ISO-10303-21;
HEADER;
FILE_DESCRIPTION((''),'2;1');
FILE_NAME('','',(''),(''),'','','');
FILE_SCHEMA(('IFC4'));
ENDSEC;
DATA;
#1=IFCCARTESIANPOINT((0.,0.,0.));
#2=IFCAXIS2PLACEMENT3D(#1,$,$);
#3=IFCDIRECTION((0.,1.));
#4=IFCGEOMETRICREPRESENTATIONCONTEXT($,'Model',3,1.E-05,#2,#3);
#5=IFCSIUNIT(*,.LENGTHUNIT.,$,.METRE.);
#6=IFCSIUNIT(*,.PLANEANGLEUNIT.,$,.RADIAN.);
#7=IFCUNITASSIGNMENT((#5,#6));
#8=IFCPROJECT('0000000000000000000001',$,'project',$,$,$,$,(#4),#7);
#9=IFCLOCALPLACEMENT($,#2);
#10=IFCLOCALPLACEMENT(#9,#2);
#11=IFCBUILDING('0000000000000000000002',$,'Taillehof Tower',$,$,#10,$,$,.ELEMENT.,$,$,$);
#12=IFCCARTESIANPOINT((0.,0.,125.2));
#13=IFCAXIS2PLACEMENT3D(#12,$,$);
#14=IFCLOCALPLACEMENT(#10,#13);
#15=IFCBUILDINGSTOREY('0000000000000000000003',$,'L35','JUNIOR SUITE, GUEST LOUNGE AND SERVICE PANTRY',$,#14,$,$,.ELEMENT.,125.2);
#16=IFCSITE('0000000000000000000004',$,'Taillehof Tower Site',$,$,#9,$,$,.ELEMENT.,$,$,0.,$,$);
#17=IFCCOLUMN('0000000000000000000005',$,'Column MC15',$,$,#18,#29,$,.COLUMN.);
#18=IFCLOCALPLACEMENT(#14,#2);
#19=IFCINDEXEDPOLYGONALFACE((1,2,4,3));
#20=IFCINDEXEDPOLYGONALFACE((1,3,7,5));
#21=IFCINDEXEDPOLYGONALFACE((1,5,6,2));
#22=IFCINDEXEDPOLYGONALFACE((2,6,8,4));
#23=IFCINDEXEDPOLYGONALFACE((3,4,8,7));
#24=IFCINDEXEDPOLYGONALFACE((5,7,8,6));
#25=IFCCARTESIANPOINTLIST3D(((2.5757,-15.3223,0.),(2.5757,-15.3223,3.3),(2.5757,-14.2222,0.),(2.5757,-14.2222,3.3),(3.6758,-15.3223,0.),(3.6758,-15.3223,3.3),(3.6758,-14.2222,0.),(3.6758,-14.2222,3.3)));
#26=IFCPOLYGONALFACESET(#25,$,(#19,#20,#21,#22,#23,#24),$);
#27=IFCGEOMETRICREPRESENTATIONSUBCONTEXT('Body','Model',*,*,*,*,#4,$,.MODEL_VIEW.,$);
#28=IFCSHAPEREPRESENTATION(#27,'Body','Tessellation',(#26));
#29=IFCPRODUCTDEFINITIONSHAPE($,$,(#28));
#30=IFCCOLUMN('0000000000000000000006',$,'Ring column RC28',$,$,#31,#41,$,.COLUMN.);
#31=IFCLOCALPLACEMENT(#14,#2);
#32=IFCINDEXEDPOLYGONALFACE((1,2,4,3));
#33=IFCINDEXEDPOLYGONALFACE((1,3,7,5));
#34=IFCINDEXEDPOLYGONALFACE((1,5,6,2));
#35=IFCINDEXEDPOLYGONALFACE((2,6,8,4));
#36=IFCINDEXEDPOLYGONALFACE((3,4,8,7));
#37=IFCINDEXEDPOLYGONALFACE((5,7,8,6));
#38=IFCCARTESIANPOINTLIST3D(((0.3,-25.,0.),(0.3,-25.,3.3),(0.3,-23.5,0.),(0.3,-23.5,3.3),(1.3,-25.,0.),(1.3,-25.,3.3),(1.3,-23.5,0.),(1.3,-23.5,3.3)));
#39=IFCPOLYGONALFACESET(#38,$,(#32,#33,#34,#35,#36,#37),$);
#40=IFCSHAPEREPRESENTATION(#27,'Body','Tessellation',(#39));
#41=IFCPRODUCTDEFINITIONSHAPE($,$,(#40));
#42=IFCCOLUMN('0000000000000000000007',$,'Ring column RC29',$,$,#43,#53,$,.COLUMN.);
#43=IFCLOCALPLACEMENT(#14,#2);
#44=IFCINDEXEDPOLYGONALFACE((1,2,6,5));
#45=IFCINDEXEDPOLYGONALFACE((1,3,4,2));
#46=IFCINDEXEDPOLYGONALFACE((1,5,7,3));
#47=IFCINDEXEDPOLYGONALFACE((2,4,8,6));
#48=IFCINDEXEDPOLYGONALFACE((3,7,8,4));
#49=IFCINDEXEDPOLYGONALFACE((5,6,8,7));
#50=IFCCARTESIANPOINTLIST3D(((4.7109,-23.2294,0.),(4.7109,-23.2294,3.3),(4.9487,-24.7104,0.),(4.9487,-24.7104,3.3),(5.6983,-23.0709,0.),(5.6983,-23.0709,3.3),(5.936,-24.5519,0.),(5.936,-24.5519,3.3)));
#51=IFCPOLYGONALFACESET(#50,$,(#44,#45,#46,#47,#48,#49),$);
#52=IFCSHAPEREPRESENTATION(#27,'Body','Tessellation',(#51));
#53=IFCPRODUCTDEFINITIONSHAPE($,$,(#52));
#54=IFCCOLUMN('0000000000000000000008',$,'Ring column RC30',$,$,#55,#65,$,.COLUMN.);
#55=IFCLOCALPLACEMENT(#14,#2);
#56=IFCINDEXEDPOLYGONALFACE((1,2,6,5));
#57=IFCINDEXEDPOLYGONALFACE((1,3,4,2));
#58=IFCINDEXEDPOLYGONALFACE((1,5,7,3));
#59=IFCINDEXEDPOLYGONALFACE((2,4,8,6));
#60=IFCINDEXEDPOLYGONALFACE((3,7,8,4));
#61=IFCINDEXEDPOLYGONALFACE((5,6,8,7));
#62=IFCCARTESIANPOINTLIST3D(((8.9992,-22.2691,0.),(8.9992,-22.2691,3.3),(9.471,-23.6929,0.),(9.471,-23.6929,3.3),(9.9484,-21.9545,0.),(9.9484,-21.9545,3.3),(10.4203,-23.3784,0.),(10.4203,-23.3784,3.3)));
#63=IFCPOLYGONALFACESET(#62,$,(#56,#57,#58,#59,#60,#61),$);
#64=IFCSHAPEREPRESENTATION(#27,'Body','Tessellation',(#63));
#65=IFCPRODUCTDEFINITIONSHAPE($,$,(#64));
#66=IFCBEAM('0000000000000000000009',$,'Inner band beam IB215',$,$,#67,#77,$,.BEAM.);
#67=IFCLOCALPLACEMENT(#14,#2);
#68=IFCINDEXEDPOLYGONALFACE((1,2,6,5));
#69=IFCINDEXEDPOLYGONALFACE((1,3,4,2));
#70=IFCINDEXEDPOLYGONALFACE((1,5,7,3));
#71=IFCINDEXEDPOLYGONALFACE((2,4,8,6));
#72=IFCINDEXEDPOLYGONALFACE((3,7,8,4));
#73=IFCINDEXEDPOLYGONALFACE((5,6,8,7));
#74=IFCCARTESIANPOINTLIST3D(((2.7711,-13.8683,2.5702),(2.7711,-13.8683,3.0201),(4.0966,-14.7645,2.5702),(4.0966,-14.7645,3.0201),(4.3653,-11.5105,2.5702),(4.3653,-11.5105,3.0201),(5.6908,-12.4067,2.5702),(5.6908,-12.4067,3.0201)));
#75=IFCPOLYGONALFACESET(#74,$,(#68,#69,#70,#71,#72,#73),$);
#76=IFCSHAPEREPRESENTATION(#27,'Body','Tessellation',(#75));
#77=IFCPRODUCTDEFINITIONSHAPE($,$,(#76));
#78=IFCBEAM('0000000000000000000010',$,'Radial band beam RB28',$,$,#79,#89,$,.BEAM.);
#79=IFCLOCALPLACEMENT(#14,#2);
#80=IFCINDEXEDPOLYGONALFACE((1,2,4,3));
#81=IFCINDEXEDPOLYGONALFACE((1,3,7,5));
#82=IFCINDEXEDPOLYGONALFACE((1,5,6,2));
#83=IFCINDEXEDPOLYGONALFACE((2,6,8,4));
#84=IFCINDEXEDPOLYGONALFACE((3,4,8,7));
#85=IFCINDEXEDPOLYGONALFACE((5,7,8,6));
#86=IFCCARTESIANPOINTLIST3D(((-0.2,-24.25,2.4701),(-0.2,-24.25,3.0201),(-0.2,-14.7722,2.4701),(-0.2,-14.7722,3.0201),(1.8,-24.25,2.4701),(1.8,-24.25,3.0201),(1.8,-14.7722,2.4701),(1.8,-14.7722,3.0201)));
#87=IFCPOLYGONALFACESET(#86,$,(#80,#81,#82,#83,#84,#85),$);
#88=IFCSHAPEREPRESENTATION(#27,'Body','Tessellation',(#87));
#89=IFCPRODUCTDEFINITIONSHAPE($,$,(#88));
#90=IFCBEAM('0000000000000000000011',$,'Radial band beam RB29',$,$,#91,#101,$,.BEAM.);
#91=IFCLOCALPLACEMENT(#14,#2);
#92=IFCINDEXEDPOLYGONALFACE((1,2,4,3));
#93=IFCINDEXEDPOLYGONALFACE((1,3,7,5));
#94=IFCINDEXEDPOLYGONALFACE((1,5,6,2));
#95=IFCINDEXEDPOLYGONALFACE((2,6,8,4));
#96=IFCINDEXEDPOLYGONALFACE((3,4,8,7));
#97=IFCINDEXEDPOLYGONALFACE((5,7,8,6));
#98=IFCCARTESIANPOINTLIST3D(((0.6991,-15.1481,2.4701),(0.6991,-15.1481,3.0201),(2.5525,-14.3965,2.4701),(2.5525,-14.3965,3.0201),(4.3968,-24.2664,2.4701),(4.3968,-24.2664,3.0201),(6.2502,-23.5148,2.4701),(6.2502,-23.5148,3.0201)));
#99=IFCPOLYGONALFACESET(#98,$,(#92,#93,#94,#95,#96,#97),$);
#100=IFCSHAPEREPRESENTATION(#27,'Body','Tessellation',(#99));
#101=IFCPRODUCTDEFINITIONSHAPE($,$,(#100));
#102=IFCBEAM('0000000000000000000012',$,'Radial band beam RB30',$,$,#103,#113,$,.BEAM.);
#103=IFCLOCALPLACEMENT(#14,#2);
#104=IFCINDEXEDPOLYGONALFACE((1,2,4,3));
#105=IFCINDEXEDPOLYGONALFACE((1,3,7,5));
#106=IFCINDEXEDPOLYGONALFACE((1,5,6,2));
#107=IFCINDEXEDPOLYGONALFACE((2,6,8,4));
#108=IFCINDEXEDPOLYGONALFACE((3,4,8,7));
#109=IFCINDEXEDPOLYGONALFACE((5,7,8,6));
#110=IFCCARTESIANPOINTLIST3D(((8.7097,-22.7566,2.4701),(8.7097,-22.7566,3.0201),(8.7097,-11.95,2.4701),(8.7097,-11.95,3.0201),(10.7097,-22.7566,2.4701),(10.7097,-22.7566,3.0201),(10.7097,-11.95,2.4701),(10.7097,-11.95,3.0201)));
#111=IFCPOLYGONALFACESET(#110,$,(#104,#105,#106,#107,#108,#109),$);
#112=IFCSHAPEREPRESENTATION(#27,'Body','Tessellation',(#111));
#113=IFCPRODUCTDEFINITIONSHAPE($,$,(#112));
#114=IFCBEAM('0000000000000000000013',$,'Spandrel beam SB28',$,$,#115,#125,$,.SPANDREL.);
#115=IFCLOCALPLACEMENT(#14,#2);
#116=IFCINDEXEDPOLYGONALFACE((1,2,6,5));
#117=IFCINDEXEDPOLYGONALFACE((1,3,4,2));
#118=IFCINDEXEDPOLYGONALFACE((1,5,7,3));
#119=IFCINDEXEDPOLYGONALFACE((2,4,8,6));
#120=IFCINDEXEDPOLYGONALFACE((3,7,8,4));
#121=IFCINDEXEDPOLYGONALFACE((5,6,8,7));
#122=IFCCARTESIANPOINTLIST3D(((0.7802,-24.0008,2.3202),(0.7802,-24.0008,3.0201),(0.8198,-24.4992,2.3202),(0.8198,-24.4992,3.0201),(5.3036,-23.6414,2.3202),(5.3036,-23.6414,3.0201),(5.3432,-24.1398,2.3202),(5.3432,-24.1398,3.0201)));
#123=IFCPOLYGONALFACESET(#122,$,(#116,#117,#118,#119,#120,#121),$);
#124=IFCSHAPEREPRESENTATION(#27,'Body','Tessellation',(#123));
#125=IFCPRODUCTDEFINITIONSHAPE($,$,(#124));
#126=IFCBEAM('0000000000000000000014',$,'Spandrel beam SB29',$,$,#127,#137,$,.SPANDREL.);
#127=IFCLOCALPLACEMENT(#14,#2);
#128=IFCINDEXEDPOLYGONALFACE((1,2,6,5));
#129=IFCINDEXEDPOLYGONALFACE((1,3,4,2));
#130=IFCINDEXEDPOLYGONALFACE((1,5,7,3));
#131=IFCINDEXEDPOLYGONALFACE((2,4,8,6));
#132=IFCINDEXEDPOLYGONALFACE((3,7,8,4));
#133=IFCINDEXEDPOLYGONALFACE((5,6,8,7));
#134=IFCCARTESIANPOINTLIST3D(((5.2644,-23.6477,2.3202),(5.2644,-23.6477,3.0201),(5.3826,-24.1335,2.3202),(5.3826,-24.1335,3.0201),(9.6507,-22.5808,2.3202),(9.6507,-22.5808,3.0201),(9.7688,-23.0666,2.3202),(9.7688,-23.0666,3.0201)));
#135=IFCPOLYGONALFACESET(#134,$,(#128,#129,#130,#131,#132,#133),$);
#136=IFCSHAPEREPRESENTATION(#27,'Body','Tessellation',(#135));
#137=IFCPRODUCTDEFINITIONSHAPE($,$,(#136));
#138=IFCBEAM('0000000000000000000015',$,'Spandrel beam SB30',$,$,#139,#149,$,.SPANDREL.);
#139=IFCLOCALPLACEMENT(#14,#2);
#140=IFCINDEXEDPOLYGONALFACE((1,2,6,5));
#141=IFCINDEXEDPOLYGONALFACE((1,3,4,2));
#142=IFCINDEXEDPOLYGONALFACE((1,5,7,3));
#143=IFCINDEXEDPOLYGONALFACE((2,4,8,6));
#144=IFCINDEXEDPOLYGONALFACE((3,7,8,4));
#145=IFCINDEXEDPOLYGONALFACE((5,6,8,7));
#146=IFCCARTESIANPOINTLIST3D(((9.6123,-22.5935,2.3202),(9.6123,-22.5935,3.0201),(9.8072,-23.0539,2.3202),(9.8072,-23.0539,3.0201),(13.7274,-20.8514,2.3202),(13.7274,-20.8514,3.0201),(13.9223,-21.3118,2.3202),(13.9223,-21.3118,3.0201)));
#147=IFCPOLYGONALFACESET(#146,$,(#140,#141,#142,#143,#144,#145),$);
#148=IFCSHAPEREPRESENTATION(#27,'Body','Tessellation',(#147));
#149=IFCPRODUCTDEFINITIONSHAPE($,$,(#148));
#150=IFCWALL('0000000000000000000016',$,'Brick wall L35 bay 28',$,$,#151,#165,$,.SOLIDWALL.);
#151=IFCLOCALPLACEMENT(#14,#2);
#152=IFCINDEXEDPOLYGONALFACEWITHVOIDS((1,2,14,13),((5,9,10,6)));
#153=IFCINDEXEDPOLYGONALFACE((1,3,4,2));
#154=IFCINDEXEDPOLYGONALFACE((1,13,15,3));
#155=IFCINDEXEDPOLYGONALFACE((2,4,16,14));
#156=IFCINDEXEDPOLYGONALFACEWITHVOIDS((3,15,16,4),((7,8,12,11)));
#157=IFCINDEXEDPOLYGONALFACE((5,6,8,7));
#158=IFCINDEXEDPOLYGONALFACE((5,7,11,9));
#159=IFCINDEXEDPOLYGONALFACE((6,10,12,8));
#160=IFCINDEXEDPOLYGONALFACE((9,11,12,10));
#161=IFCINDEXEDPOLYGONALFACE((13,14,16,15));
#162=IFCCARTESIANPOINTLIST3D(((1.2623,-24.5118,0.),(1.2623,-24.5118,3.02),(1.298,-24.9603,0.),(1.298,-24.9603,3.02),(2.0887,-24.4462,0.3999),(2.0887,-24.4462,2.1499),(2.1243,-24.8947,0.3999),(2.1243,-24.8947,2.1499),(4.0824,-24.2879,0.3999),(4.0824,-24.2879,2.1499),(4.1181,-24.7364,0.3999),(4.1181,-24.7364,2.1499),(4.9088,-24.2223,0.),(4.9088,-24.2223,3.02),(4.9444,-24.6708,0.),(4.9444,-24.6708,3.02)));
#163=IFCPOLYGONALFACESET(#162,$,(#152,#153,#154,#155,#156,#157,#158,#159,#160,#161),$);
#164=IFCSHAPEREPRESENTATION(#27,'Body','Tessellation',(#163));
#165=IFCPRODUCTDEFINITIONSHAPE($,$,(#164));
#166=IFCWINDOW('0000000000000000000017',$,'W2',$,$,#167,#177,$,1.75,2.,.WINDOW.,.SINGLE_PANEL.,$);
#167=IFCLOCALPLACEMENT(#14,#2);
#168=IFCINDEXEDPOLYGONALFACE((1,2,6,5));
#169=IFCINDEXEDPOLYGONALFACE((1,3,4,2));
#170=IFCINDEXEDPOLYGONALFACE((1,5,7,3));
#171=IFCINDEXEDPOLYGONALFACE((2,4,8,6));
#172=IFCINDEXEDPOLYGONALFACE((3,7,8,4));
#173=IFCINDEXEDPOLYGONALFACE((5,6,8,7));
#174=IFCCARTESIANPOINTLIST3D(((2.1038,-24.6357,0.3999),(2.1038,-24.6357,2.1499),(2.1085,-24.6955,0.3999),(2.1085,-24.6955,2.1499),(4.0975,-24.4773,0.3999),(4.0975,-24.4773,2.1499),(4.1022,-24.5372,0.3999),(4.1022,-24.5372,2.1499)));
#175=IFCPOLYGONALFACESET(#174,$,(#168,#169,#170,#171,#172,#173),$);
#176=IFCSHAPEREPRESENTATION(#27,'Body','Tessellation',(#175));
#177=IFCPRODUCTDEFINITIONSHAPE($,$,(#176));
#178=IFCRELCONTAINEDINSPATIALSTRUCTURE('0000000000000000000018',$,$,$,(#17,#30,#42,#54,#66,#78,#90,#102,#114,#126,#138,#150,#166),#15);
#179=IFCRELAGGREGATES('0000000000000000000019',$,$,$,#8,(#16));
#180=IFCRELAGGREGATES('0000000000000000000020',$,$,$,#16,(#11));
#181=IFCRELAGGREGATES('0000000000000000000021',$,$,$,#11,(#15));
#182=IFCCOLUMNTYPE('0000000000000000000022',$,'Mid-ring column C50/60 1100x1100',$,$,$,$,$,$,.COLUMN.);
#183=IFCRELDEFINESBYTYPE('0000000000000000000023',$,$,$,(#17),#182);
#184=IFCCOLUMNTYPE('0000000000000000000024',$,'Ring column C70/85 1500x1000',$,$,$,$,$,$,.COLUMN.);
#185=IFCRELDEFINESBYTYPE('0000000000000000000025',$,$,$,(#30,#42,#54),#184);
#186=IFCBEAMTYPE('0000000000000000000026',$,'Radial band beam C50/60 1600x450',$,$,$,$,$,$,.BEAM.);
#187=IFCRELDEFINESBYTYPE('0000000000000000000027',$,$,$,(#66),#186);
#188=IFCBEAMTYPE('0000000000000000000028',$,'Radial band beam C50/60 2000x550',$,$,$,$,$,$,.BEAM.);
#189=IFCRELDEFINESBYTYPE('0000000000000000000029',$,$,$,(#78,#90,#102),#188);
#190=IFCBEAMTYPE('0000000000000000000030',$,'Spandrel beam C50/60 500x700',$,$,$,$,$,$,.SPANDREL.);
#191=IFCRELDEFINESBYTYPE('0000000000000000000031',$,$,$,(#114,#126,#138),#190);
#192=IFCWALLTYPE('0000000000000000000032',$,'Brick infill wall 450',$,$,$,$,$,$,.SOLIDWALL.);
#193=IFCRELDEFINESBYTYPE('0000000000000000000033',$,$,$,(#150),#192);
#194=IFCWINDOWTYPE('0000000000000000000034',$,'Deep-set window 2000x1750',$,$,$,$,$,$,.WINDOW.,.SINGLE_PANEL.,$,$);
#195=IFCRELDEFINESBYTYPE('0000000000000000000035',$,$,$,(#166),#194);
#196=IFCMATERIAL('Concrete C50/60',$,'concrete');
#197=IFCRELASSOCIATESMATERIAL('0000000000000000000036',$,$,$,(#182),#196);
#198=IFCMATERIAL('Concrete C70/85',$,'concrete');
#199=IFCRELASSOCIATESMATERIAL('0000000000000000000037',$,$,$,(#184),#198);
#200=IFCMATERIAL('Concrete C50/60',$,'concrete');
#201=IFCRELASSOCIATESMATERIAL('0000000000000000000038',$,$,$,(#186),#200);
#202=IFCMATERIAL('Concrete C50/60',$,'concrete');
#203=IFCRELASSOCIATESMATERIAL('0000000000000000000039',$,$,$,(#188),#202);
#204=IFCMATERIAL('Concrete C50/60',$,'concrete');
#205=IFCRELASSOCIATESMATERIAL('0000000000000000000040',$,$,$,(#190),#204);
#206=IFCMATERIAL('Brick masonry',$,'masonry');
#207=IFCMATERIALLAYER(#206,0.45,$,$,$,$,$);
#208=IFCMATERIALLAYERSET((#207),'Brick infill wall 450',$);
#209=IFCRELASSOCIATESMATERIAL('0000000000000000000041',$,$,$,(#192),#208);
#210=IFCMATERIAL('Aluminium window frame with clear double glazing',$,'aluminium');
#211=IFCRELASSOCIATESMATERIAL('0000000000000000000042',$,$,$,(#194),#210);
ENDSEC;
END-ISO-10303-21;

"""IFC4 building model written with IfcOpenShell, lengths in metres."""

from ifc_helpers import new_model, si_unit, direction, frame, frame_2d, origin, origin_2d, place, context, subcontext, project, spatial, rectangle, extrude, material, layer, layer_set, material_profile, profile_set, type_object, element, fill, save


model = new_model("IFC4")

# Units and contexts
model_context = context("Model", 3, precision=1e-05, world=origin(), true_north=direction((0.0, 1.0)))
body_context = subcontext(model_context, "Body", "Model", "MODEL_VIEW")
ifc_project = project(units=[si_unit("LENGTHUNIT", "METRE"), si_unit("PLANEANGLEUNIT", "RADIAN")], contexts=[model_context])

# Site, building, storey
site_placement = place(None, origin())
site = spatial("IfcSite", under=ifc_project, at=site_placement, Name="Taillehof Tower Site", CompositionType="ELEMENT", RefElevation=0.0)
building_placement = place(site_placement, origin())
building = spatial("IfcBuilding", under=site, at=building_placement, Name="Taillehof Tower", CompositionType="ELEMENT")
storey_placement = place(building_placement, frame((0.0, 0.0, 125.2)))
storey = spatial("IfcBuildingStorey", under=building, at=storey_placement, Name="L35", Description="JUNIOR SUITE, GUEST LOUNGE AND SERVICE PANTRY", CompositionType="ELEMENT", Elevation=125.2)

# Columns
ifc_material_1 = material(Name="Concrete C50/60", Category="concrete")
ifc_material_profile_1 = material_profile(ifc_material_1, rectangle(XDim=1.1001, YDim=1.1001, at=origin_2d()), Name="RC 1100x1100")
ifc_profile_set_1 = profile_set([ifc_material_profile_1], Name="Concrete C50/60")
column_type_1 = type_object("IfcColumnType", Name="Mid-ring column C50/60 1100x1100", PredefinedType="COLUMN", material=ifc_profile_set_1)
column_placement = place(storey_placement, frame((3.1257, -14.7722, 0.0), z_axis=(0.0, 0.0, 1.0), x_axis=(1.0, 0.0, 0.0)))
element("IfcColumn", 1, at=column_placement, inside=storey, type_object=column_type_1, Name="Column MC15", PredefinedType="COLUMN", context=body_context, shape_type="SweptSolid", body=[
    extrude(rectangle(XDim=1.1001, YDim=1.1001, at=origin_2d()), origin(), (0.0, 0.0, 1.0), 3.3),
])
ifc_material_2 = material(Name="Concrete C70/85", Category="concrete")
ifc_material_profile_2 = material_profile(ifc_material_2, rectangle(XDim=1.5, YDim=1.0, at=origin_2d()), Name="RC 1500x1000")
ifc_profile_set_2 = profile_set([ifc_material_profile_2], Name="Concrete C70/85")
column_type_2 = type_object("IfcColumnType", Name="Ring column C70/85 1500x1000", PredefinedType="COLUMN", material=ifc_profile_set_2)
for number, where, z_axis, x_axis, name in (
    (2, (0.8, -24.25, 0.0), (0.0, 0.0, 1.0), (0.0, -1.0, 0.0), "Ring column RC28"),
    (3, (5.3235, -23.8906, 0.0), (0.0, 0.0, 1.0), (0.158507, -0.987358, 0.0), "Ring column RC29"),
    (4, (9.7097, -22.8237, 0.0), (0.0, 0.0, 1.0), (0.314555, -0.949239, 0.0), "Ring column RC30"),
):
    element("IfcColumn", number, at=place(storey_placement, frame(where, z_axis=z_axis, x_axis=x_axis)), inside=storey, type_object=column_type_2, Name=name, PredefinedType="COLUMN", context=body_context, shape_type="SweptSolid", body=[
        extrude(rectangle(XDim=1.5, YDim=1.0, at=origin_2d()), origin(), (0.0, 0.0, 1.0), 3.3),
    ])

# Beams
ifc_material_3 = material(Name="Concrete C50/60", Category="concrete")
ifc_material_profile_3 = material_profile(ifc_material_3, rectangle(XDim=1.6001, YDim=0.45, at=origin_2d()), Name="RC 1600x450")
ifc_profile_set_3 = profile_set([ifc_material_profile_3], Name="Concrete C50/60")
beam_type_1 = type_object("IfcBeamType", Name="Radial band beam C50/60 1600x450", PredefinedType="BEAM", material=ifc_profile_set_3)
beam_1_placement = place(storey_placement, frame((3.4338, -14.3164, 2.7952), z_axis=(0.560112, 0.828417, 0.0), x_axis=(-0.828417, 0.560112, 0.0)))
element("IfcBeam", 5, at=beam_1_placement, inside=storey, type_object=beam_type_1, Name="Inner band beam IB215", PredefinedType="BEAM", context=body_context, shape_type="SweptSolid", body=[
    extrude(rectangle(XDim=1.6001, YDim=0.45, at=origin_2d()), origin(), (0.0, 0.0, 1.0), 2.8462),
])
ifc_material_4 = material(Name="Concrete C50/60", Category="concrete")
ifc_material_profile_4 = material_profile(ifc_material_4, rectangle(XDim=2.0, YDim=0.55, at=origin_2d()), Name="RC 2000x550")
ifc_profile_set_4 = profile_set([ifc_material_profile_4], Name="Concrete C50/60")
beam_type_2 = type_object("IfcBeamType", Name="Radial band beam C50/60 2000x550", PredefinedType="BEAM", material=ifc_profile_set_4)
beam_2_placement = place(storey_placement, frame((0.8, -24.25, 2.7451), z_axis=(0.0, 1.0, 0.0), x_axis=(-1.0, 0.0, 0.0)))
element("IfcBeam", 6, at=beam_2_placement, inside=storey, type_object=beam_type_2, Name="Radial band beam RB28", PredefinedType="BEAM", context=body_context, shape_type="SweptSolid", body=[
    extrude(rectangle(XDim=2.0, YDim=0.55, at=origin_2d()), origin(), (0.0, 0.0, 1.0), 9.4778),
])
beam_3_placement = place(storey_placement, frame((5.3235, -23.8906, 2.7451), z_axis=(-0.375801, 0.9267, 0.0), x_axis=(-0.9267, -0.375801, 0.0)))
element("IfcBeam", 7, at=beam_3_placement, inside=storey, type_object=beam_type_2, Name="Radial band beam RB29", PredefinedType="BEAM", context=body_context, shape_type="SweptSolid", body=[
    extrude(rectangle(XDim=2.0, YDim=0.55, at=origin_2d()), origin(), (0.0, 0.0, 1.0), 9.8396),
])
beam_4_placement = place(storey_placement, frame((9.7097, -22.7566, 2.7451), z_axis=(0.0, 1.0, 0.0), x_axis=(-1.0, 0.0, 0.0)))
element("IfcBeam", 8, at=beam_4_placement, inside=storey, type_object=beam_type_2, Name="Radial band beam RB30", PredefinedType="BEAM", context=body_context, shape_type="SweptSolid", body=[
    extrude(rectangle(XDim=2.0, YDim=0.55, at=origin_2d()), origin(), (0.0, 0.0, 1.0), 10.8066),
])
ifc_material_5 = material(Name="Concrete C50/60", Category="concrete")
ifc_material_profile_5 = material_profile(ifc_material_5, rectangle(XDim=0.5, YDim=0.7, at=origin_2d()), Name="RC 500x700")
ifc_profile_set_5 = profile_set([ifc_material_profile_5], Name="Concrete C50/60")
beam_type_3 = type_object("IfcBeamType", Name="Spandrel beam C50/60 500x700", PredefinedType="SPANDREL", material=ifc_profile_set_5)
beam_5_placement = place(storey_placement, frame((0.8, -24.25, 2.6702), z_axis=(0.996859, 0.079198, 0.0), x_axis=(-0.079198, 0.996859, 0.0)))
element("IfcBeam", 9, at=beam_5_placement, inside=storey, type_object=beam_type_3, Name="Spandrel beam SB28", PredefinedType="SPANDREL", context=body_context, shape_type="SweptSolid", body=[
    extrude(rectangle(XDim=0.5, YDim=0.7, at=origin_2d()), origin(), (0.0, 0.0, 1.0), 4.5376),
])
beam_6_placement = place(storey_placement, frame((5.3235, -23.8906, 2.6702), z_axis=(0.971669, 0.236346, 0.0), x_axis=(-0.236346, 0.971669, 0.0)))
element("IfcBeam", 10, at=beam_6_placement, inside=storey, type_object=beam_type_3, Name="Spandrel beam SB29", PredefinedType="SPANDREL", context=body_context, shape_type="SweptSolid", body=[
    extrude(rectangle(XDim=0.5, YDim=0.7, at=origin_2d()), origin(), (0.0, 0.0, 1.0), 4.5142),
])
beam_7_placement = place(storey_placement, frame((9.7097, -22.8237, 2.6702), z_axis=(0.920877, 0.389854, 0.0), x_axis=(-0.389854, 0.920877, 0.0)))
element("IfcBeam", 11, at=beam_7_placement, inside=storey, type_object=beam_type_3, Name="Spandrel beam SB30", PredefinedType="SPANDREL", context=body_context, shape_type="SweptSolid", body=[
    extrude(rectangle(XDim=0.5, YDim=0.7, at=origin_2d()), origin(), (0.0, 0.0, 1.0), 4.4688),
])

# Wall, opening, window
ifc_material_6 = material(Name="Brick masonry", Category="masonry")
ifc_layer_1 = layer(ifc_material_6, 0.45)
ifc_layer_set_1 = layer_set([ifc_layer_1], Name="Brick infill wall 450")
wall_type_1 = type_object("IfcWallType", Name="Brick infill wall 450", PredefinedType="SOLIDWALL", material=ifc_layer_set_1)
wall_1_placement = place(storey_placement, frame((1.28, -24.7361, 0.0), z_axis=(0.0, 0.0, 1.0), x_axis=(0.996862, 0.079156, 0.0)))
wall_1 = element("IfcWall", 12, at=wall_1_placement, inside=storey, type_object=wall_type_1, Name="Brick wall L35 bay 28", PredefinedType="SOLIDWALL", context=body_context, shape_type="SweptSolid", body=[
    extrude(rectangle(XDim=3.658, YDim=0.45, at=frame_2d((1.8291, 0.0))), origin(), (0.0, 0.0, 1.0), 3.02),
])
opening_1_placement = place(wall_1_placement, frame((0.8291, 0.0, 0.3999)))
opening_1 = element("IfcOpeningElement", 13, at=opening_1_placement, cuts=wall_1, PredefinedType="OPENING", context=body_context, shape_type="SweptSolid", body=[
    extrude(rectangle(XDim=2.0, YDim=1.75, at=frame_2d((1.0, 0.875))), frame((0.0, 0.2349, 0.0), z_axis=(0.0, -1.0, 0.0), x_axis=(1.0, 0.0, 0.0)), (0.0, 0.0, 1.0), 0.47),
])
ifc_material_7 = material(Name="Aluminium window frame with clear double glazing", Category="aluminium")
window_type = type_object("IfcWindowType", Name="Deep-set window 2000x1750", PartitioningType="SINGLE_PANEL", PredefinedType="WINDOW", material=ifc_material_7)
window_1_placement = place(opening_1_placement, origin())
window_1 = element("IfcWindow", 14, at=window_1_placement, inside=storey, type_object=window_type, Name="W2", OverallHeight=1.75, OverallWidth=2.0, PartitioningType="SINGLE_PANEL", PredefinedType="WINDOW", context=body_context, shape_type="SweptSolid", body=[
    extrude(rectangle(XDim=2.0, YDim=1.75, at=frame_2d((1.0, 0.875))), frame((0.0, 0.0349, 0.0), z_axis=(0.0, -1.0, 0.0), x_axis=(1.0, 0.0, 0.0)), (0.0, 0.0, 1.0), 0.0601),
])
fill(opening_1, window_1)

save(model, "model.ifc")
